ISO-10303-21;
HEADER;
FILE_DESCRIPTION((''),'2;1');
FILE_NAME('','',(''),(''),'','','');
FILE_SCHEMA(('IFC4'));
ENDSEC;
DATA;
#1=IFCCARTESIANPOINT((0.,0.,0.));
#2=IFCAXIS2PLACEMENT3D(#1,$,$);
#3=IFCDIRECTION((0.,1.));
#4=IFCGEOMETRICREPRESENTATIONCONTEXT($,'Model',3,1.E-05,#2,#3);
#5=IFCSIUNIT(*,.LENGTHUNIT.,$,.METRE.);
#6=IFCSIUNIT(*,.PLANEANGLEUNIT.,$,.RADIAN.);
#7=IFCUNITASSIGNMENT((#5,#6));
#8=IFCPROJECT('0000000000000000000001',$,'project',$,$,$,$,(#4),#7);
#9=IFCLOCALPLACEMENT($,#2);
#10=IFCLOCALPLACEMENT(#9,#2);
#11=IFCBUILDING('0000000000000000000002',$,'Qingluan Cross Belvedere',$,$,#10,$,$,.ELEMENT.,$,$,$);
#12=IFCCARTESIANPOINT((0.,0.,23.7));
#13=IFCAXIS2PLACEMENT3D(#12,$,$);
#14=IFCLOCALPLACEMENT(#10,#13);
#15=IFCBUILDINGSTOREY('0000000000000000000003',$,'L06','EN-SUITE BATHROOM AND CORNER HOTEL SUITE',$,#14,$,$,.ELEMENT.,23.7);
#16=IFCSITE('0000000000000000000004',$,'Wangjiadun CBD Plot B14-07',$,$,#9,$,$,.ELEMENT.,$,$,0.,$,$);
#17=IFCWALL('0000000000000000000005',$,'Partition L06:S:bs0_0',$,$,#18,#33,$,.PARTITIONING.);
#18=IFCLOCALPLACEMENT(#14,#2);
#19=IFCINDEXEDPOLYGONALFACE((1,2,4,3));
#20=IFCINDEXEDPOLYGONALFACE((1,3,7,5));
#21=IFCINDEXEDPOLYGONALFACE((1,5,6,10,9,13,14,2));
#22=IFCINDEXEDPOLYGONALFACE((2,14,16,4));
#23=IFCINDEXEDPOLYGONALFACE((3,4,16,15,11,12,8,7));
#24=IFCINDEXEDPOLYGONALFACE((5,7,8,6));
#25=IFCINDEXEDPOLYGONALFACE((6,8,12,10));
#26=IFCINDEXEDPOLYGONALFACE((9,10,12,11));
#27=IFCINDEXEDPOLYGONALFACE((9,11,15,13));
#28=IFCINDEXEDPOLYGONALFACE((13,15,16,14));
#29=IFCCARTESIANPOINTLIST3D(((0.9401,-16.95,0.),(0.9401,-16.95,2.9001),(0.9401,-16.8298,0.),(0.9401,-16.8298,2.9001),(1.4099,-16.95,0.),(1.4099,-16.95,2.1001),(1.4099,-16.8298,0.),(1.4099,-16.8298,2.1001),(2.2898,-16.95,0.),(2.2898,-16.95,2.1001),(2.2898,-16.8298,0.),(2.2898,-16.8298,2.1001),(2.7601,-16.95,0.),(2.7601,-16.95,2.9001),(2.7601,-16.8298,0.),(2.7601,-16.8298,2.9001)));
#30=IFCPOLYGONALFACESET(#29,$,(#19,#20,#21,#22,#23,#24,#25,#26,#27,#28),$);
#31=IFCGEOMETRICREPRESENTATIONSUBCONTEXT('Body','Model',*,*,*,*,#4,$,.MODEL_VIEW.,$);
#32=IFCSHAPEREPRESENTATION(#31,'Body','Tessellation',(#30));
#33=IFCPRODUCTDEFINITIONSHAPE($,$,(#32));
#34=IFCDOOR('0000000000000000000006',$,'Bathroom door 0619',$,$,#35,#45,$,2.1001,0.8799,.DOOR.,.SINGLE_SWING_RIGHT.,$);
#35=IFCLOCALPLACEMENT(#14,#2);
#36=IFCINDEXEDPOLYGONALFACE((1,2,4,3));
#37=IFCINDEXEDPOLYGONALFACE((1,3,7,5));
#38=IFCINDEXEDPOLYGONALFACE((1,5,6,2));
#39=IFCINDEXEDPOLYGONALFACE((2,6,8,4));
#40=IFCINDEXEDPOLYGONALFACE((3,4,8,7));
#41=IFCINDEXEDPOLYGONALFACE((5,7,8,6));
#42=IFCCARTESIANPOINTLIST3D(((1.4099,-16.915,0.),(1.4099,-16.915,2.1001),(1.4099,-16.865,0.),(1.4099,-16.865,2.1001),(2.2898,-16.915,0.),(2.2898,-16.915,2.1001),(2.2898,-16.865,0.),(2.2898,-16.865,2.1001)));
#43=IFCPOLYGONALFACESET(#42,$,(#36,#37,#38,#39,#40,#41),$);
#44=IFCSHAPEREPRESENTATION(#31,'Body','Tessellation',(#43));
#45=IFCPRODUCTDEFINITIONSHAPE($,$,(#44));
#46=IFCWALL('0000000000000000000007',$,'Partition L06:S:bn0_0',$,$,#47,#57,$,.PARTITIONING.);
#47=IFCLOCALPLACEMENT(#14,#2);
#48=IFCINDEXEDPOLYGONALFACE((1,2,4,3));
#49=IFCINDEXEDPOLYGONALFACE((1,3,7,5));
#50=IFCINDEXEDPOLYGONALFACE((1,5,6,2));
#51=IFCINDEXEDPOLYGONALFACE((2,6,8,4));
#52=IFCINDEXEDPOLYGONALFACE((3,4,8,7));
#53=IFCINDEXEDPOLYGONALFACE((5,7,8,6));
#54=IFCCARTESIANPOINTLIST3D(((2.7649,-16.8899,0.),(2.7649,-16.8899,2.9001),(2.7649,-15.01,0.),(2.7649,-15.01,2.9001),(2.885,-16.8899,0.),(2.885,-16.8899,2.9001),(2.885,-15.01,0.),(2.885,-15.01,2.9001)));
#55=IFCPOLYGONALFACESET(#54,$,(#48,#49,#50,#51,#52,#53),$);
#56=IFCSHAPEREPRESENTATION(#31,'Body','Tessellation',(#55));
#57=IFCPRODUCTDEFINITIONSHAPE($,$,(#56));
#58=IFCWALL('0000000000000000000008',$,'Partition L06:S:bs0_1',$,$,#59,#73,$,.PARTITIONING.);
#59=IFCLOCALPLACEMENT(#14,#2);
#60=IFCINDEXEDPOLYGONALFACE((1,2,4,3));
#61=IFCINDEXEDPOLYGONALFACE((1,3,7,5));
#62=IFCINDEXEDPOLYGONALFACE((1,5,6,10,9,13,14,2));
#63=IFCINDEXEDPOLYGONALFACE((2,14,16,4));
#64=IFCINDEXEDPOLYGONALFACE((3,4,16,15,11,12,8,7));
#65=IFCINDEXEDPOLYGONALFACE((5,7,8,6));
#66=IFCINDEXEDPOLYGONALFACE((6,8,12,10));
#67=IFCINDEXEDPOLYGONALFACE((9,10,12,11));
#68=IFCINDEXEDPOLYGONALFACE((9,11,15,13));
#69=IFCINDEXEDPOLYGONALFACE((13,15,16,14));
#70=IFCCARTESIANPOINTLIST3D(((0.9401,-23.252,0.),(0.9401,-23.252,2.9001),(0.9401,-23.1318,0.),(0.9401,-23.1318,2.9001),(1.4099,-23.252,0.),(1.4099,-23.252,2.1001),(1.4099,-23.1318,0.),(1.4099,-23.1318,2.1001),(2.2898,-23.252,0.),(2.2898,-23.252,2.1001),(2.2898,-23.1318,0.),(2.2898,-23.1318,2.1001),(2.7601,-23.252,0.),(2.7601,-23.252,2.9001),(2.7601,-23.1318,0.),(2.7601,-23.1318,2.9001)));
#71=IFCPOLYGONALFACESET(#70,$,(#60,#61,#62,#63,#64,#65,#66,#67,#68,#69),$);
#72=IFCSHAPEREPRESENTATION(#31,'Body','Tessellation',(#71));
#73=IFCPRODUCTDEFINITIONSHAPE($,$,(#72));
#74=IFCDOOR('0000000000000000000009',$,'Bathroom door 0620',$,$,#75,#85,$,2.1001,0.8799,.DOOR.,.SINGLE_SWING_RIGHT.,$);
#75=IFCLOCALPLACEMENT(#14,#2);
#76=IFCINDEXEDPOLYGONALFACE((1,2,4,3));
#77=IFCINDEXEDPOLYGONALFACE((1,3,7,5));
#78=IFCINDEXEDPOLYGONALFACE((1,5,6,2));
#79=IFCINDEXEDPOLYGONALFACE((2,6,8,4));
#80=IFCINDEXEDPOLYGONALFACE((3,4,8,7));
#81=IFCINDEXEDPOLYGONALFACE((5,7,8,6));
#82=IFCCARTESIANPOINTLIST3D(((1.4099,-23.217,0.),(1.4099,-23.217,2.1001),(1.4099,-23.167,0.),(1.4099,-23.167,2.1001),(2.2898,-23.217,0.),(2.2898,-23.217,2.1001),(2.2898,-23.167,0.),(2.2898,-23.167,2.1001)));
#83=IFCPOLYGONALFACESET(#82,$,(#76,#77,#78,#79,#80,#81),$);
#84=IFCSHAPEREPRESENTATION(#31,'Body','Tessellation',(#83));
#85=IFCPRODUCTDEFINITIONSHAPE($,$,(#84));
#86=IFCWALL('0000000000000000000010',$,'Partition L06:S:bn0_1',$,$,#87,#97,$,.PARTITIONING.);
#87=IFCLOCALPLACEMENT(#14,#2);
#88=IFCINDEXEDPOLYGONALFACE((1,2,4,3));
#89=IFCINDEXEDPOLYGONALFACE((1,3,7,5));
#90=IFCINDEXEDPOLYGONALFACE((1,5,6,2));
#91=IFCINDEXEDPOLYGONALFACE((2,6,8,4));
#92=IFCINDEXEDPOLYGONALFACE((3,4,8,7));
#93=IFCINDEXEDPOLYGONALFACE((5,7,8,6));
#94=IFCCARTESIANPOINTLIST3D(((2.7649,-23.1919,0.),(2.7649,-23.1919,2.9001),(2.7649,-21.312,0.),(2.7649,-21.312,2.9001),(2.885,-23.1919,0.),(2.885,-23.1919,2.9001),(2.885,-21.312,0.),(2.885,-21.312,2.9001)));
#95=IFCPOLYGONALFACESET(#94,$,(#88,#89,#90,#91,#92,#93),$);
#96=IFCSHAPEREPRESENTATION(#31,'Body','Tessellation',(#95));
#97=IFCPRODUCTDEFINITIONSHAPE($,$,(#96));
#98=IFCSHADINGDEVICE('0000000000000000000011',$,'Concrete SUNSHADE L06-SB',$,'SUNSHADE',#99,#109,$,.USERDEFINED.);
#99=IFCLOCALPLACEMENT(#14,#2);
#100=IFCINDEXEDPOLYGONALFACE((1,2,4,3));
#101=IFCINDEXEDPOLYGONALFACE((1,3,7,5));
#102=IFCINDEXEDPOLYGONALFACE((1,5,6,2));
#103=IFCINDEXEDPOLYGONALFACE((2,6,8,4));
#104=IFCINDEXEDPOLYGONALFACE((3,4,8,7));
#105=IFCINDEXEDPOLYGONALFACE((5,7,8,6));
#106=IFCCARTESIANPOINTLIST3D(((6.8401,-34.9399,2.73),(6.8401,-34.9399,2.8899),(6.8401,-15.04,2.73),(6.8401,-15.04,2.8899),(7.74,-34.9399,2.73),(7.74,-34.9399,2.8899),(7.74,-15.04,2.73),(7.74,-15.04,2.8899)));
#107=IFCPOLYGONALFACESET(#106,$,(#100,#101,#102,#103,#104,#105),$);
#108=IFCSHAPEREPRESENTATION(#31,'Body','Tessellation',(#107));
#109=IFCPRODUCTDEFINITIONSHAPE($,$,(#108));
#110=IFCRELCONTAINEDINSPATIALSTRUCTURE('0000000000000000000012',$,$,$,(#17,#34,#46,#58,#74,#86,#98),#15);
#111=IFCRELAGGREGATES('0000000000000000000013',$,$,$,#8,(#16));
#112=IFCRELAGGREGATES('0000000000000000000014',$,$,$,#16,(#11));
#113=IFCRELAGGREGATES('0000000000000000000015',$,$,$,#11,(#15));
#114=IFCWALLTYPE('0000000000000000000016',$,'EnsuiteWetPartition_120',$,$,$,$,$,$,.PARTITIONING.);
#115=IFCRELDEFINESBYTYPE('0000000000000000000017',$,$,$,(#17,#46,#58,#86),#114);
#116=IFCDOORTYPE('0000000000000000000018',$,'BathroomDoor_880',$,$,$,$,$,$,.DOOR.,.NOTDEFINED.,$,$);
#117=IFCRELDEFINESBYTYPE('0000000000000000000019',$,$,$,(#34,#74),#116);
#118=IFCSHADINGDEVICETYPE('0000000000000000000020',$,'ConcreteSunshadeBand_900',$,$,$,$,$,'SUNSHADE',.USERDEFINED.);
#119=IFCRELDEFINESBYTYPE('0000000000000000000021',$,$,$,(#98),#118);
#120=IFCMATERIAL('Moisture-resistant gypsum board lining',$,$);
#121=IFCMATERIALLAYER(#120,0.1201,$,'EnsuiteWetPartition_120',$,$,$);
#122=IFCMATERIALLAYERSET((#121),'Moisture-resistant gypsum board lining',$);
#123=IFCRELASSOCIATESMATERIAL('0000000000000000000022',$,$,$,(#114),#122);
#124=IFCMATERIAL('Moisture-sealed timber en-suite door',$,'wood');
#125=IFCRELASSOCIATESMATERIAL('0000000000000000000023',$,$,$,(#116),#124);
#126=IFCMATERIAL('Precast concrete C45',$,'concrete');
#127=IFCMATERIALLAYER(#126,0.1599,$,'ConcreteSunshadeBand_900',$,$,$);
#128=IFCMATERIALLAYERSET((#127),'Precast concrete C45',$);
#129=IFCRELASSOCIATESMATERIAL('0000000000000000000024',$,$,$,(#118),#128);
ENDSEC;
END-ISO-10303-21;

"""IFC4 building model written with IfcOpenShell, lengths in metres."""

from ifc_helpers import new_model, si_unit, direction, frame, frame_2d, origin, origin_2d, place, context, subcontext, project, spatial, rectangle, extrude, material, layer, layer_set, type_object, element, fill, save


model = new_model("IFC4")

# Units and contexts
model_context = context("Model", 3, precision=1e-05, world=origin(), true_north=direction((0.0, 1.0)))
body_context = subcontext(model_context, "Body", "Model", "MODEL_VIEW")
ifc_project = project(units=[si_unit("LENGTHUNIT", "METRE"), si_unit("PLANEANGLEUNIT", "RADIAN")], contexts=[model_context])

# Site, building, storey
site_placement = place(None, origin())
site = spatial("IfcSite", under=ifc_project, at=site_placement, Name="Wangjiadun CBD Plot B14-07", CompositionType="ELEMENT", RefElevation=0.0)
building_placement = place(site_placement, origin())
building = spatial("IfcBuilding", under=site, at=building_placement, Name="Qingluan Cross Belvedere", CompositionType="ELEMENT")
storey_placement = place(building_placement, frame((0.0, 0.0, 23.7)))
storey = spatial("IfcBuildingStorey", under=building, at=storey_placement, Name="L06", Description="EN-SUITE BATHROOM AND CORNER HOTEL SUITE", CompositionType="ELEMENT", Elevation=23.7)

# Wall, opening, door
ifc_material_1 = material(Name="Moisture-resistant gypsum board lining")
ifc_layer_1 = layer(ifc_material_1, 0.1201, Name="EnsuiteWetPartition_120")
ifc_layer_set_1 = layer_set([ifc_layer_1], Name="Moisture-resistant gypsum board lining")
wall_type_1 = type_object("IfcWallType", Name="EnsuiteWetPartition_120", PredefinedType="PARTITIONING", material=ifc_layer_set_1)
wall_1_placement = place(storey_placement, frame((0.9399, -16.8899, 0.0), z_axis=(0.0, 0.0, 1.0), x_axis=(1.0, 0.0, 0.0)))
wall_1 = element("IfcWall", 1, at=wall_1_placement, inside=storey, type_object=wall_type_1, Name="Partition L06:S:bs0_0", PredefinedType="PARTITIONING", context=body_context, shape_type="SweptSolid", body=[
    extrude(rectangle(XDim=1.8201, YDim=0.1201, at=frame_2d((0.9102, 0.0))), origin(), (0.0, 0.0, 1.0), 2.9001),
])
opening_1_placement = place(wall_1_placement, frame((0.47, 0.0, 0.0)))
opening_1 = element("IfcOpeningElement", 2, at=opening_1_placement, cuts=wall_1, PredefinedType="OPENING", context=body_context, shape_type="SweptSolid", body=[
    extrude(rectangle(XDim=0.8799, YDim=2.1001, at=frame_2d((0.4399, 1.05))), frame((0.0, 0.0701, 0.0), z_axis=(0.0, -1.0, 0.0), x_axis=(1.0, 0.0, 0.0)), (0.0, 0.0, 1.0), 0.1401),
])
ifc_material_2 = material(Name="Moisture-sealed timber en-suite door", Category="wood")
door_type_1 = type_object("IfcDoorType", Name="BathroomDoor_880", OperationType="NOTDEFINED", PredefinedType="DOOR", material=ifc_material_2)
door_1_placement = place(opening_1_placement, origin())
door_1 = element("IfcDoor", 3, at=door_1_placement, inside=storey, type_object=door_type_1, Name="Bathroom door 0619", OperationType="SINGLE_SWING_RIGHT", OverallHeight=2.1001, OverallWidth=0.8799, PredefinedType="DOOR", context=body_context, shape_type="SweptSolid", body=[
    extrude(rectangle(XDim=0.8799, YDim=2.1001, at=frame_2d((0.4399, 1.05))), frame((0.0, 0.0249, 0.0), z_axis=(0.0, -1.0, 0.0), x_axis=(1.0, 0.0, 0.0)), (0.0, 0.0, 1.0), 0.05),
])
fill(opening_1, door_1)

# Wall
wall_2_placement = place(storey_placement, frame((2.825, -15.01, 0.0), z_axis=(0.0, 0.0, 1.0), x_axis=(0.0, -1.0, 0.0)))
element("IfcWall", 4, at=wall_2_placement, inside=storey, type_object=wall_type_1, Name="Partition L06:S:bn0_0", PredefinedType="PARTITIONING", context=body_context, shape_type="SweptSolid", body=[
    extrude(rectangle(XDim=1.8799, YDim=0.1201, at=frame_2d((0.9399, 0.0))), origin(), (0.0, 0.0, 1.0), 2.9001),
])

# Wall, opening, door
wall_3_placement = place(storey_placement, frame((0.9399, -23.1919, 0.0), z_axis=(0.0, 0.0, 1.0), x_axis=(1.0, 0.0, 0.0)))
wall_3 = element("IfcWall", 5, at=wall_3_placement, inside=storey, type_object=wall_type_1, Name="Partition L06:S:bs0_1", PredefinedType="PARTITIONING", context=body_context, shape_type="SweptSolid", body=[
    extrude(rectangle(XDim=1.8201, YDim=0.1201, at=frame_2d((0.9102, 0.0))), origin(), (0.0, 0.0, 1.0), 2.9001),
])
opening_2_placement = place(wall_3_placement, frame((0.47, 0.0, 0.0)))
opening_2 = element("IfcOpeningElement", 6, at=opening_2_placement, cuts=wall_3, PredefinedType="OPENING", context=body_context, shape_type="SweptSolid", body=[
    extrude(rectangle(XDim=0.8799, YDim=2.1001, at=frame_2d((0.4399, 1.05))), frame((0.0, 0.0701, 0.0), z_axis=(0.0, -1.0, 0.0), x_axis=(1.0, 0.0, 0.0)), (0.0, 0.0, 1.0), 0.1401),
])
door_2_placement = place(opening_2_placement, origin())
door_2 = element("IfcDoor", 7, at=door_2_placement, inside=storey, type_object=door_type_1, Name="Bathroom door 0620", OperationType="SINGLE_SWING_RIGHT", OverallHeight=2.1001, OverallWidth=0.8799, PredefinedType="DOOR", context=body_context, shape_type="SweptSolid", body=[
    extrude(rectangle(XDim=0.8799, YDim=2.1001, at=frame_2d((0.4399, 1.05))), frame((0.0, 0.0249, 0.0), z_axis=(0.0, -1.0, 0.0), x_axis=(1.0, 0.0, 0.0)), (0.0, 0.0, 1.0), 0.05),
])
fill(opening_2, door_2)

# Wall
wall_4_placement = place(storey_placement, frame((2.825, -21.312, 0.0), z_axis=(0.0, 0.0, 1.0), x_axis=(0.0, -1.0, 0.0)))
element("IfcWall", 8, at=wall_4_placement, inside=storey, type_object=wall_type_1, Name="Partition L06:S:bn0_1", PredefinedType="PARTITIONING", context=body_context, shape_type="SweptSolid", body=[
    extrude(rectangle(XDim=1.8799, YDim=0.1201, at=frame_2d((0.9399, 0.0))), origin(), (0.0, 0.0, 1.0), 2.9001),
])

# Shading device
ifc_material_3 = material(Name="Precast concrete C45", Category="concrete")
ifc_layer_2 = layer(ifc_material_3, 0.1599, Name="ConcreteSunshadeBand_900")
ifc_layer_set_2 = layer_set([ifc_layer_2], Name="Precast concrete C45")
shading_device_type = type_object("IfcShadingDeviceType", Name="ConcreteSunshadeBand_900", ElementType="SUNSHADE", PredefinedType="USERDEFINED", material=ifc_layer_set_2)
shading_device_placement = place(storey_placement, frame((7.29, -24.99, 2.73), z_axis=(0.0, 0.0, 1.0), x_axis=(0.0, 1.0, 0.0)))
element("IfcShadingDevice", 9, at=shading_device_placement, inside=storey, type_object=shading_device_type, Name="Concrete SUNSHADE L06-SB", ObjectType="SUNSHADE", PredefinedType="USERDEFINED", context=body_context, shape_type="SweptSolid", body=[
    extrude(rectangle(XDim=19.8999, YDim=0.8999, at=origin_2d()), origin(), (0.0, 0.0, 1.0), 0.1599),
])

save(model, "model.ifc")
